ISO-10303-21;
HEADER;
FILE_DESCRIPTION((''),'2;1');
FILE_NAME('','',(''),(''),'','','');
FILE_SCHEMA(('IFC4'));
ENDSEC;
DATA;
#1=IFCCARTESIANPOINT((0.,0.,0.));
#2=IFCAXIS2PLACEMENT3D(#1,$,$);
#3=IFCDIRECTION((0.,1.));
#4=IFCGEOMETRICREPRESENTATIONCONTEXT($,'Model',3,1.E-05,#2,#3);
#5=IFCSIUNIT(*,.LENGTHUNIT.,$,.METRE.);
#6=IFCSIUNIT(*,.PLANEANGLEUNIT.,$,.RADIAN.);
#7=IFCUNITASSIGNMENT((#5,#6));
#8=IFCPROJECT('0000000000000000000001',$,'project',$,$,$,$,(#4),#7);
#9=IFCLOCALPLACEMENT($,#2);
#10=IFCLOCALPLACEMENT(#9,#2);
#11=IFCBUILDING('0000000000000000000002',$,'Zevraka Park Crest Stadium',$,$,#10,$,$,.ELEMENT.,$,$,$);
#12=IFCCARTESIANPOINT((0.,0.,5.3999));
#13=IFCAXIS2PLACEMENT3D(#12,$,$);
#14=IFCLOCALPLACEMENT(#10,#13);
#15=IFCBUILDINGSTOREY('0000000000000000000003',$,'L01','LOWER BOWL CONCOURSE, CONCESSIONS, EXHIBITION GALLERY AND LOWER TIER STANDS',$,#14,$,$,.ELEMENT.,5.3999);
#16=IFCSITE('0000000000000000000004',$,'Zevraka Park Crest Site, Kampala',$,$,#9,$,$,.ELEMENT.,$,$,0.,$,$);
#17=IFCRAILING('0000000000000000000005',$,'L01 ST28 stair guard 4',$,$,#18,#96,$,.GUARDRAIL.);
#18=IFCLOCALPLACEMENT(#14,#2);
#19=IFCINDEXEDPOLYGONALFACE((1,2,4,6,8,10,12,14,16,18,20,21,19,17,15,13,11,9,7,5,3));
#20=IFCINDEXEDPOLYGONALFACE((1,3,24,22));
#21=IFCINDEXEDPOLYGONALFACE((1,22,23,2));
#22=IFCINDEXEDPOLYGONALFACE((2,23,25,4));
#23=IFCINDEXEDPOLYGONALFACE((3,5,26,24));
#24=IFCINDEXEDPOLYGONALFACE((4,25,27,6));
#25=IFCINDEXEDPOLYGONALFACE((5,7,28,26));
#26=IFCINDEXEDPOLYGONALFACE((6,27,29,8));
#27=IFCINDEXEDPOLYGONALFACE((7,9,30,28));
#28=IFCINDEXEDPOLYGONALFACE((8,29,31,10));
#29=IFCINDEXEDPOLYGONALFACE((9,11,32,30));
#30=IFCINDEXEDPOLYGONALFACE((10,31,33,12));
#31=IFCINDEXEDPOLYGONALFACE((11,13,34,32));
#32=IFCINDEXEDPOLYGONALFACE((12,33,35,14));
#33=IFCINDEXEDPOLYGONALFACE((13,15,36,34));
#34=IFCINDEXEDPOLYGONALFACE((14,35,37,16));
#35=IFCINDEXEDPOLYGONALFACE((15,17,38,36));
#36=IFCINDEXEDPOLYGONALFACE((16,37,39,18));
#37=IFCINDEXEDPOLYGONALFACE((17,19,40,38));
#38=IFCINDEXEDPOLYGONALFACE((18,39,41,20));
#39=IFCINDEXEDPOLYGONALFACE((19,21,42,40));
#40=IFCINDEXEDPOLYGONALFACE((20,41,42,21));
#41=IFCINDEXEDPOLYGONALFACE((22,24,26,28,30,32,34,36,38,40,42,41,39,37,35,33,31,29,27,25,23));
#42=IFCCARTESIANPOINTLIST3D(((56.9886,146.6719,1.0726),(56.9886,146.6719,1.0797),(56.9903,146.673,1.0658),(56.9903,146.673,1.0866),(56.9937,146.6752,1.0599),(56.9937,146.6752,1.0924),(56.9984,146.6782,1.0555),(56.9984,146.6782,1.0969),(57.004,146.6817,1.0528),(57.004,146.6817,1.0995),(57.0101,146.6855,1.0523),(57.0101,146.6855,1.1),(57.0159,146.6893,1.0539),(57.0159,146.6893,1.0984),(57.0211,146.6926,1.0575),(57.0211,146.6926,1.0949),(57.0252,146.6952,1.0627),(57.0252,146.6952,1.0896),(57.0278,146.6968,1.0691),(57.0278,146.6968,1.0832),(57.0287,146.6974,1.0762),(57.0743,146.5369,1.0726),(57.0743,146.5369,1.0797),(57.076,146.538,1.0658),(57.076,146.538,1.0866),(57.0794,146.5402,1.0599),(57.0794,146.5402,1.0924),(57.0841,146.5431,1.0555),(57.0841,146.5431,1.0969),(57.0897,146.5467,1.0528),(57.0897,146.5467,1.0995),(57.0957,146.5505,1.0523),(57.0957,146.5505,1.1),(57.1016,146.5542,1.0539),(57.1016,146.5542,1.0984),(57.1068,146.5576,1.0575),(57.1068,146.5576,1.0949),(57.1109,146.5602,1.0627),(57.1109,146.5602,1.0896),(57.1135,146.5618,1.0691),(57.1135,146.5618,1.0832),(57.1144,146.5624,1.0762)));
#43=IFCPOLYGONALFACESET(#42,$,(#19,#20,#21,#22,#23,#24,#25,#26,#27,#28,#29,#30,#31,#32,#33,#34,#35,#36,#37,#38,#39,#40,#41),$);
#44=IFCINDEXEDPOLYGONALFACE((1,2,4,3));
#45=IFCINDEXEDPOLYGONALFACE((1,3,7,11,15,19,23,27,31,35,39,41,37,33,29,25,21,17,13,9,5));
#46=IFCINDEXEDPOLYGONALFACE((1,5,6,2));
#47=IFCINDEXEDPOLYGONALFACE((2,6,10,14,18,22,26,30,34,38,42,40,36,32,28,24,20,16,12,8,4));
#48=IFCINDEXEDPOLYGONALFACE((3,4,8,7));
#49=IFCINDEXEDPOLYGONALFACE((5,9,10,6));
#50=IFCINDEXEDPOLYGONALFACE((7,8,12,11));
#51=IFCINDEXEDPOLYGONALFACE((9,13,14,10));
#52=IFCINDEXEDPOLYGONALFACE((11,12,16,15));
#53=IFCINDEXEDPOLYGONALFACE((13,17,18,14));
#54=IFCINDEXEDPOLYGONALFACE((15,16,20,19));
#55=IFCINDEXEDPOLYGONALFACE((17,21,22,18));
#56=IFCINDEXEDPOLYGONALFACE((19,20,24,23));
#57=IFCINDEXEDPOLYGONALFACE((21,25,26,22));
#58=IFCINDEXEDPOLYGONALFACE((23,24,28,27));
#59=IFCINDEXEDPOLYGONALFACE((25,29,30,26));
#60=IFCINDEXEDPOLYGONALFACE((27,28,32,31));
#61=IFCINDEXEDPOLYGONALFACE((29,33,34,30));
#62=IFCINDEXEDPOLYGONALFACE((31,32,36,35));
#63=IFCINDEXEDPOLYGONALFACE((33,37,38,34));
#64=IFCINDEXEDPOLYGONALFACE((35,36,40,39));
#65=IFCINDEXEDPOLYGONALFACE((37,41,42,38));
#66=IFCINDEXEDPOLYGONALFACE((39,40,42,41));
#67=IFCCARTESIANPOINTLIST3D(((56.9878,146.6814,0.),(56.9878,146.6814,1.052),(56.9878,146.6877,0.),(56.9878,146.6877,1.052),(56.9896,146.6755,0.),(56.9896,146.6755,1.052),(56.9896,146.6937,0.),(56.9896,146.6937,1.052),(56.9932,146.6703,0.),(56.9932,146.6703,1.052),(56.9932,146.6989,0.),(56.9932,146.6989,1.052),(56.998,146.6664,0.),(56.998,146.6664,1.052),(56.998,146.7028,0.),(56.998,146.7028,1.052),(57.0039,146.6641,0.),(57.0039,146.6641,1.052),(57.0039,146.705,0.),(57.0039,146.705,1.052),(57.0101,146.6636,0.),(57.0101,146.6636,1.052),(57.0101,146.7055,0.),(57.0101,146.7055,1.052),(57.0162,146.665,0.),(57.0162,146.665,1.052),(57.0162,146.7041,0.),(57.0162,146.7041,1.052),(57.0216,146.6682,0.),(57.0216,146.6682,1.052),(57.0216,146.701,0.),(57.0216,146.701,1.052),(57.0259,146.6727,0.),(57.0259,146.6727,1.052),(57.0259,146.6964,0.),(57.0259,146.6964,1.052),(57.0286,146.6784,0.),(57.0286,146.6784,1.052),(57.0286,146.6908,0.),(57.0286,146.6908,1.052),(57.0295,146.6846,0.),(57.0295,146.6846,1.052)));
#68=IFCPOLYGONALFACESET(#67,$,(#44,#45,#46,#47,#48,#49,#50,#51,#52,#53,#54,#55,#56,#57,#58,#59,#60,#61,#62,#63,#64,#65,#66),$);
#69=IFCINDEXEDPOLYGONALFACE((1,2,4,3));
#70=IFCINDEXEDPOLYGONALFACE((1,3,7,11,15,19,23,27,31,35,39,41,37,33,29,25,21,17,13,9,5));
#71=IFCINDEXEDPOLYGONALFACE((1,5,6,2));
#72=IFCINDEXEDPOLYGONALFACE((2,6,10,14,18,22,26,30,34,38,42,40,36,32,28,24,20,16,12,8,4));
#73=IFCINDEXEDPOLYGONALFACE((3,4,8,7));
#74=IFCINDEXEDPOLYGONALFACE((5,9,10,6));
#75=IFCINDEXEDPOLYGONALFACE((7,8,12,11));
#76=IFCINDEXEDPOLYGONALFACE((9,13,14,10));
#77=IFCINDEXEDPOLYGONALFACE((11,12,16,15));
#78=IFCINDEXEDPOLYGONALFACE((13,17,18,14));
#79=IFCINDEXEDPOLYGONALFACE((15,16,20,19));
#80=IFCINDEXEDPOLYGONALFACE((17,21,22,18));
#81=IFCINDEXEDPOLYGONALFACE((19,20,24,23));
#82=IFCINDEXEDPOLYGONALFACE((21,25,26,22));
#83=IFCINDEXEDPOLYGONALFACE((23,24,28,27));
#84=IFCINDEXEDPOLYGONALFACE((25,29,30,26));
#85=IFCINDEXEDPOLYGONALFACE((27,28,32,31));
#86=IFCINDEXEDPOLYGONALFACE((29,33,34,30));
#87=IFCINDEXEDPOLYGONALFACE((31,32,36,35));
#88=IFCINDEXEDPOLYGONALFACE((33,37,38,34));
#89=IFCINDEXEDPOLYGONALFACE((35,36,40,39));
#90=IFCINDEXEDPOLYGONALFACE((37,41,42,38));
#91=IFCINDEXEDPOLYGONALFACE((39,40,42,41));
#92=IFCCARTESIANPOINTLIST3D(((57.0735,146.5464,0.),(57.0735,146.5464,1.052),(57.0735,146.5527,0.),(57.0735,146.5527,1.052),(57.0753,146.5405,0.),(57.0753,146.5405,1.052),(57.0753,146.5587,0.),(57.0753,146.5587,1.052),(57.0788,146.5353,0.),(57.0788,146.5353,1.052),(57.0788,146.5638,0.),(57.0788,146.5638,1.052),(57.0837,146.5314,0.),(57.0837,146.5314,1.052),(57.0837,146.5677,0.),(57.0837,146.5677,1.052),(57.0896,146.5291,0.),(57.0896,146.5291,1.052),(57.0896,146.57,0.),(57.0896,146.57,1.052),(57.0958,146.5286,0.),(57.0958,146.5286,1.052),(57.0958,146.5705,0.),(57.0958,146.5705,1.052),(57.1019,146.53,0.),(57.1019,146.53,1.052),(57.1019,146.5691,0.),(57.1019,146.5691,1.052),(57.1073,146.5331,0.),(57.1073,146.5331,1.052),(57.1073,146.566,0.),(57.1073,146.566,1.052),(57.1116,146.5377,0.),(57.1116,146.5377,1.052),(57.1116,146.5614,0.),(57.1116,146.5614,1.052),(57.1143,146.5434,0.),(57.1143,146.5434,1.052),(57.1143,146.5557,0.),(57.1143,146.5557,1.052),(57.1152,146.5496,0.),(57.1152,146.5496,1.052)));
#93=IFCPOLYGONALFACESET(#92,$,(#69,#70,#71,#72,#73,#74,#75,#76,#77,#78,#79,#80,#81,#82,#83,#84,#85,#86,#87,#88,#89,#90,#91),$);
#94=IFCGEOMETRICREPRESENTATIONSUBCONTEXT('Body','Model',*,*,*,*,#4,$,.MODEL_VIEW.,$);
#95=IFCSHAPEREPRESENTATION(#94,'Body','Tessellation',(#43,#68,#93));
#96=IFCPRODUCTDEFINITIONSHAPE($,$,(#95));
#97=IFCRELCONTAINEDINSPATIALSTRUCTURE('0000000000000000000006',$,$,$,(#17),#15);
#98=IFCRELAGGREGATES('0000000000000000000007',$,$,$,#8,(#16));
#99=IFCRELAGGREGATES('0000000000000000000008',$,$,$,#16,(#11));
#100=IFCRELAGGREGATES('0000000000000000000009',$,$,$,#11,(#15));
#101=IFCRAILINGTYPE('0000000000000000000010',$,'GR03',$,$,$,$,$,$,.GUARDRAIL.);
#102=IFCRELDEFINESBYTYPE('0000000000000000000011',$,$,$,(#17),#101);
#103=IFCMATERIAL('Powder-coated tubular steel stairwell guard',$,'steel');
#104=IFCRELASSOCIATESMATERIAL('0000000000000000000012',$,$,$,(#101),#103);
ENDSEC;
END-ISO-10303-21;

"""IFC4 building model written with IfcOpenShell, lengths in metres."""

from ifc_helpers import new_model, si_unit, direction, frame, origin, origin_2d, place, context, subcontext, project, spatial, circle, extrude, material, type_object, element, save


model = new_model("IFC4")

# Units and contexts
model_context = context("Model", 3, precision=1e-05, world=origin(), true_north=direction((0.0, 1.0)))
body_context = subcontext(model_context, "Body", "Model", "MODEL_VIEW")
ifc_project = project(units=[si_unit("LENGTHUNIT", "METRE"), si_unit("PLANEANGLEUNIT", "RADIAN")], contexts=[model_context])

# Site, building, storey
site_placement = place(None, origin())
site = spatial("IfcSite", under=ifc_project, at=site_placement, Name="Zevraka Park Crest Site, Kampala", CompositionType="ELEMENT", RefElevation=0.0)
building_placement = place(site_placement, origin())
building = spatial("IfcBuilding", under=site, at=building_placement, Name="Zevraka Park Crest Stadium", CompositionType="ELEMENT")
storey_placement = place(building_placement, frame((0.0, 0.0, 5.3999)))
storey = spatial("IfcBuildingStorey", under=building, at=storey_placement, Name="L01", Description="LOWER BOWL CONCOURSE, CONCESSIONS, EXHIBITION GALLERY AND LOWER TIER STANDS", CompositionType="ELEMENT", Elevation=5.3999)

# Railing
ifc_material_1 = material(Name="Powder-coated tubular steel stairwell guard", Category="steel")
railing_type_1 = type_object("IfcRailingType", Name="GR03", PredefinedType="GUARDRAIL", material=ifc_material_1)
railing_1_placement = place(storey_placement, frame((57.0085, 146.6846, 0.0)))
element("IfcRailing", 1, at=railing_1_placement, inside=storey, type_object=railing_type_1, Name="L01 ST28 stair guard 4", PredefinedType="GUARDRAIL", context=body_context, shape_type="SweptSolid", body=[
    extrude(circle(Radius=0.0239, at=origin_2d()), frame((0.0, 0.0, 1.0762), z_axis=(0.535887, -0.84429, 0.0), x_axis=(0.84429, 0.535887, 0.0)), (0.0, 0.0, 1.0), 0.1599),
    extrude(circle(Radius=0.021, at=origin_2d()), origin(), (0.0, 0.0, 1.0), 1.052),
    extrude(circle(Radius=0.021, at=origin_2d()), frame((0.0857, -0.135, 0.0)), (0.0, 0.0, 1.0), 1.052),
])

save(model, "model.ifc")
